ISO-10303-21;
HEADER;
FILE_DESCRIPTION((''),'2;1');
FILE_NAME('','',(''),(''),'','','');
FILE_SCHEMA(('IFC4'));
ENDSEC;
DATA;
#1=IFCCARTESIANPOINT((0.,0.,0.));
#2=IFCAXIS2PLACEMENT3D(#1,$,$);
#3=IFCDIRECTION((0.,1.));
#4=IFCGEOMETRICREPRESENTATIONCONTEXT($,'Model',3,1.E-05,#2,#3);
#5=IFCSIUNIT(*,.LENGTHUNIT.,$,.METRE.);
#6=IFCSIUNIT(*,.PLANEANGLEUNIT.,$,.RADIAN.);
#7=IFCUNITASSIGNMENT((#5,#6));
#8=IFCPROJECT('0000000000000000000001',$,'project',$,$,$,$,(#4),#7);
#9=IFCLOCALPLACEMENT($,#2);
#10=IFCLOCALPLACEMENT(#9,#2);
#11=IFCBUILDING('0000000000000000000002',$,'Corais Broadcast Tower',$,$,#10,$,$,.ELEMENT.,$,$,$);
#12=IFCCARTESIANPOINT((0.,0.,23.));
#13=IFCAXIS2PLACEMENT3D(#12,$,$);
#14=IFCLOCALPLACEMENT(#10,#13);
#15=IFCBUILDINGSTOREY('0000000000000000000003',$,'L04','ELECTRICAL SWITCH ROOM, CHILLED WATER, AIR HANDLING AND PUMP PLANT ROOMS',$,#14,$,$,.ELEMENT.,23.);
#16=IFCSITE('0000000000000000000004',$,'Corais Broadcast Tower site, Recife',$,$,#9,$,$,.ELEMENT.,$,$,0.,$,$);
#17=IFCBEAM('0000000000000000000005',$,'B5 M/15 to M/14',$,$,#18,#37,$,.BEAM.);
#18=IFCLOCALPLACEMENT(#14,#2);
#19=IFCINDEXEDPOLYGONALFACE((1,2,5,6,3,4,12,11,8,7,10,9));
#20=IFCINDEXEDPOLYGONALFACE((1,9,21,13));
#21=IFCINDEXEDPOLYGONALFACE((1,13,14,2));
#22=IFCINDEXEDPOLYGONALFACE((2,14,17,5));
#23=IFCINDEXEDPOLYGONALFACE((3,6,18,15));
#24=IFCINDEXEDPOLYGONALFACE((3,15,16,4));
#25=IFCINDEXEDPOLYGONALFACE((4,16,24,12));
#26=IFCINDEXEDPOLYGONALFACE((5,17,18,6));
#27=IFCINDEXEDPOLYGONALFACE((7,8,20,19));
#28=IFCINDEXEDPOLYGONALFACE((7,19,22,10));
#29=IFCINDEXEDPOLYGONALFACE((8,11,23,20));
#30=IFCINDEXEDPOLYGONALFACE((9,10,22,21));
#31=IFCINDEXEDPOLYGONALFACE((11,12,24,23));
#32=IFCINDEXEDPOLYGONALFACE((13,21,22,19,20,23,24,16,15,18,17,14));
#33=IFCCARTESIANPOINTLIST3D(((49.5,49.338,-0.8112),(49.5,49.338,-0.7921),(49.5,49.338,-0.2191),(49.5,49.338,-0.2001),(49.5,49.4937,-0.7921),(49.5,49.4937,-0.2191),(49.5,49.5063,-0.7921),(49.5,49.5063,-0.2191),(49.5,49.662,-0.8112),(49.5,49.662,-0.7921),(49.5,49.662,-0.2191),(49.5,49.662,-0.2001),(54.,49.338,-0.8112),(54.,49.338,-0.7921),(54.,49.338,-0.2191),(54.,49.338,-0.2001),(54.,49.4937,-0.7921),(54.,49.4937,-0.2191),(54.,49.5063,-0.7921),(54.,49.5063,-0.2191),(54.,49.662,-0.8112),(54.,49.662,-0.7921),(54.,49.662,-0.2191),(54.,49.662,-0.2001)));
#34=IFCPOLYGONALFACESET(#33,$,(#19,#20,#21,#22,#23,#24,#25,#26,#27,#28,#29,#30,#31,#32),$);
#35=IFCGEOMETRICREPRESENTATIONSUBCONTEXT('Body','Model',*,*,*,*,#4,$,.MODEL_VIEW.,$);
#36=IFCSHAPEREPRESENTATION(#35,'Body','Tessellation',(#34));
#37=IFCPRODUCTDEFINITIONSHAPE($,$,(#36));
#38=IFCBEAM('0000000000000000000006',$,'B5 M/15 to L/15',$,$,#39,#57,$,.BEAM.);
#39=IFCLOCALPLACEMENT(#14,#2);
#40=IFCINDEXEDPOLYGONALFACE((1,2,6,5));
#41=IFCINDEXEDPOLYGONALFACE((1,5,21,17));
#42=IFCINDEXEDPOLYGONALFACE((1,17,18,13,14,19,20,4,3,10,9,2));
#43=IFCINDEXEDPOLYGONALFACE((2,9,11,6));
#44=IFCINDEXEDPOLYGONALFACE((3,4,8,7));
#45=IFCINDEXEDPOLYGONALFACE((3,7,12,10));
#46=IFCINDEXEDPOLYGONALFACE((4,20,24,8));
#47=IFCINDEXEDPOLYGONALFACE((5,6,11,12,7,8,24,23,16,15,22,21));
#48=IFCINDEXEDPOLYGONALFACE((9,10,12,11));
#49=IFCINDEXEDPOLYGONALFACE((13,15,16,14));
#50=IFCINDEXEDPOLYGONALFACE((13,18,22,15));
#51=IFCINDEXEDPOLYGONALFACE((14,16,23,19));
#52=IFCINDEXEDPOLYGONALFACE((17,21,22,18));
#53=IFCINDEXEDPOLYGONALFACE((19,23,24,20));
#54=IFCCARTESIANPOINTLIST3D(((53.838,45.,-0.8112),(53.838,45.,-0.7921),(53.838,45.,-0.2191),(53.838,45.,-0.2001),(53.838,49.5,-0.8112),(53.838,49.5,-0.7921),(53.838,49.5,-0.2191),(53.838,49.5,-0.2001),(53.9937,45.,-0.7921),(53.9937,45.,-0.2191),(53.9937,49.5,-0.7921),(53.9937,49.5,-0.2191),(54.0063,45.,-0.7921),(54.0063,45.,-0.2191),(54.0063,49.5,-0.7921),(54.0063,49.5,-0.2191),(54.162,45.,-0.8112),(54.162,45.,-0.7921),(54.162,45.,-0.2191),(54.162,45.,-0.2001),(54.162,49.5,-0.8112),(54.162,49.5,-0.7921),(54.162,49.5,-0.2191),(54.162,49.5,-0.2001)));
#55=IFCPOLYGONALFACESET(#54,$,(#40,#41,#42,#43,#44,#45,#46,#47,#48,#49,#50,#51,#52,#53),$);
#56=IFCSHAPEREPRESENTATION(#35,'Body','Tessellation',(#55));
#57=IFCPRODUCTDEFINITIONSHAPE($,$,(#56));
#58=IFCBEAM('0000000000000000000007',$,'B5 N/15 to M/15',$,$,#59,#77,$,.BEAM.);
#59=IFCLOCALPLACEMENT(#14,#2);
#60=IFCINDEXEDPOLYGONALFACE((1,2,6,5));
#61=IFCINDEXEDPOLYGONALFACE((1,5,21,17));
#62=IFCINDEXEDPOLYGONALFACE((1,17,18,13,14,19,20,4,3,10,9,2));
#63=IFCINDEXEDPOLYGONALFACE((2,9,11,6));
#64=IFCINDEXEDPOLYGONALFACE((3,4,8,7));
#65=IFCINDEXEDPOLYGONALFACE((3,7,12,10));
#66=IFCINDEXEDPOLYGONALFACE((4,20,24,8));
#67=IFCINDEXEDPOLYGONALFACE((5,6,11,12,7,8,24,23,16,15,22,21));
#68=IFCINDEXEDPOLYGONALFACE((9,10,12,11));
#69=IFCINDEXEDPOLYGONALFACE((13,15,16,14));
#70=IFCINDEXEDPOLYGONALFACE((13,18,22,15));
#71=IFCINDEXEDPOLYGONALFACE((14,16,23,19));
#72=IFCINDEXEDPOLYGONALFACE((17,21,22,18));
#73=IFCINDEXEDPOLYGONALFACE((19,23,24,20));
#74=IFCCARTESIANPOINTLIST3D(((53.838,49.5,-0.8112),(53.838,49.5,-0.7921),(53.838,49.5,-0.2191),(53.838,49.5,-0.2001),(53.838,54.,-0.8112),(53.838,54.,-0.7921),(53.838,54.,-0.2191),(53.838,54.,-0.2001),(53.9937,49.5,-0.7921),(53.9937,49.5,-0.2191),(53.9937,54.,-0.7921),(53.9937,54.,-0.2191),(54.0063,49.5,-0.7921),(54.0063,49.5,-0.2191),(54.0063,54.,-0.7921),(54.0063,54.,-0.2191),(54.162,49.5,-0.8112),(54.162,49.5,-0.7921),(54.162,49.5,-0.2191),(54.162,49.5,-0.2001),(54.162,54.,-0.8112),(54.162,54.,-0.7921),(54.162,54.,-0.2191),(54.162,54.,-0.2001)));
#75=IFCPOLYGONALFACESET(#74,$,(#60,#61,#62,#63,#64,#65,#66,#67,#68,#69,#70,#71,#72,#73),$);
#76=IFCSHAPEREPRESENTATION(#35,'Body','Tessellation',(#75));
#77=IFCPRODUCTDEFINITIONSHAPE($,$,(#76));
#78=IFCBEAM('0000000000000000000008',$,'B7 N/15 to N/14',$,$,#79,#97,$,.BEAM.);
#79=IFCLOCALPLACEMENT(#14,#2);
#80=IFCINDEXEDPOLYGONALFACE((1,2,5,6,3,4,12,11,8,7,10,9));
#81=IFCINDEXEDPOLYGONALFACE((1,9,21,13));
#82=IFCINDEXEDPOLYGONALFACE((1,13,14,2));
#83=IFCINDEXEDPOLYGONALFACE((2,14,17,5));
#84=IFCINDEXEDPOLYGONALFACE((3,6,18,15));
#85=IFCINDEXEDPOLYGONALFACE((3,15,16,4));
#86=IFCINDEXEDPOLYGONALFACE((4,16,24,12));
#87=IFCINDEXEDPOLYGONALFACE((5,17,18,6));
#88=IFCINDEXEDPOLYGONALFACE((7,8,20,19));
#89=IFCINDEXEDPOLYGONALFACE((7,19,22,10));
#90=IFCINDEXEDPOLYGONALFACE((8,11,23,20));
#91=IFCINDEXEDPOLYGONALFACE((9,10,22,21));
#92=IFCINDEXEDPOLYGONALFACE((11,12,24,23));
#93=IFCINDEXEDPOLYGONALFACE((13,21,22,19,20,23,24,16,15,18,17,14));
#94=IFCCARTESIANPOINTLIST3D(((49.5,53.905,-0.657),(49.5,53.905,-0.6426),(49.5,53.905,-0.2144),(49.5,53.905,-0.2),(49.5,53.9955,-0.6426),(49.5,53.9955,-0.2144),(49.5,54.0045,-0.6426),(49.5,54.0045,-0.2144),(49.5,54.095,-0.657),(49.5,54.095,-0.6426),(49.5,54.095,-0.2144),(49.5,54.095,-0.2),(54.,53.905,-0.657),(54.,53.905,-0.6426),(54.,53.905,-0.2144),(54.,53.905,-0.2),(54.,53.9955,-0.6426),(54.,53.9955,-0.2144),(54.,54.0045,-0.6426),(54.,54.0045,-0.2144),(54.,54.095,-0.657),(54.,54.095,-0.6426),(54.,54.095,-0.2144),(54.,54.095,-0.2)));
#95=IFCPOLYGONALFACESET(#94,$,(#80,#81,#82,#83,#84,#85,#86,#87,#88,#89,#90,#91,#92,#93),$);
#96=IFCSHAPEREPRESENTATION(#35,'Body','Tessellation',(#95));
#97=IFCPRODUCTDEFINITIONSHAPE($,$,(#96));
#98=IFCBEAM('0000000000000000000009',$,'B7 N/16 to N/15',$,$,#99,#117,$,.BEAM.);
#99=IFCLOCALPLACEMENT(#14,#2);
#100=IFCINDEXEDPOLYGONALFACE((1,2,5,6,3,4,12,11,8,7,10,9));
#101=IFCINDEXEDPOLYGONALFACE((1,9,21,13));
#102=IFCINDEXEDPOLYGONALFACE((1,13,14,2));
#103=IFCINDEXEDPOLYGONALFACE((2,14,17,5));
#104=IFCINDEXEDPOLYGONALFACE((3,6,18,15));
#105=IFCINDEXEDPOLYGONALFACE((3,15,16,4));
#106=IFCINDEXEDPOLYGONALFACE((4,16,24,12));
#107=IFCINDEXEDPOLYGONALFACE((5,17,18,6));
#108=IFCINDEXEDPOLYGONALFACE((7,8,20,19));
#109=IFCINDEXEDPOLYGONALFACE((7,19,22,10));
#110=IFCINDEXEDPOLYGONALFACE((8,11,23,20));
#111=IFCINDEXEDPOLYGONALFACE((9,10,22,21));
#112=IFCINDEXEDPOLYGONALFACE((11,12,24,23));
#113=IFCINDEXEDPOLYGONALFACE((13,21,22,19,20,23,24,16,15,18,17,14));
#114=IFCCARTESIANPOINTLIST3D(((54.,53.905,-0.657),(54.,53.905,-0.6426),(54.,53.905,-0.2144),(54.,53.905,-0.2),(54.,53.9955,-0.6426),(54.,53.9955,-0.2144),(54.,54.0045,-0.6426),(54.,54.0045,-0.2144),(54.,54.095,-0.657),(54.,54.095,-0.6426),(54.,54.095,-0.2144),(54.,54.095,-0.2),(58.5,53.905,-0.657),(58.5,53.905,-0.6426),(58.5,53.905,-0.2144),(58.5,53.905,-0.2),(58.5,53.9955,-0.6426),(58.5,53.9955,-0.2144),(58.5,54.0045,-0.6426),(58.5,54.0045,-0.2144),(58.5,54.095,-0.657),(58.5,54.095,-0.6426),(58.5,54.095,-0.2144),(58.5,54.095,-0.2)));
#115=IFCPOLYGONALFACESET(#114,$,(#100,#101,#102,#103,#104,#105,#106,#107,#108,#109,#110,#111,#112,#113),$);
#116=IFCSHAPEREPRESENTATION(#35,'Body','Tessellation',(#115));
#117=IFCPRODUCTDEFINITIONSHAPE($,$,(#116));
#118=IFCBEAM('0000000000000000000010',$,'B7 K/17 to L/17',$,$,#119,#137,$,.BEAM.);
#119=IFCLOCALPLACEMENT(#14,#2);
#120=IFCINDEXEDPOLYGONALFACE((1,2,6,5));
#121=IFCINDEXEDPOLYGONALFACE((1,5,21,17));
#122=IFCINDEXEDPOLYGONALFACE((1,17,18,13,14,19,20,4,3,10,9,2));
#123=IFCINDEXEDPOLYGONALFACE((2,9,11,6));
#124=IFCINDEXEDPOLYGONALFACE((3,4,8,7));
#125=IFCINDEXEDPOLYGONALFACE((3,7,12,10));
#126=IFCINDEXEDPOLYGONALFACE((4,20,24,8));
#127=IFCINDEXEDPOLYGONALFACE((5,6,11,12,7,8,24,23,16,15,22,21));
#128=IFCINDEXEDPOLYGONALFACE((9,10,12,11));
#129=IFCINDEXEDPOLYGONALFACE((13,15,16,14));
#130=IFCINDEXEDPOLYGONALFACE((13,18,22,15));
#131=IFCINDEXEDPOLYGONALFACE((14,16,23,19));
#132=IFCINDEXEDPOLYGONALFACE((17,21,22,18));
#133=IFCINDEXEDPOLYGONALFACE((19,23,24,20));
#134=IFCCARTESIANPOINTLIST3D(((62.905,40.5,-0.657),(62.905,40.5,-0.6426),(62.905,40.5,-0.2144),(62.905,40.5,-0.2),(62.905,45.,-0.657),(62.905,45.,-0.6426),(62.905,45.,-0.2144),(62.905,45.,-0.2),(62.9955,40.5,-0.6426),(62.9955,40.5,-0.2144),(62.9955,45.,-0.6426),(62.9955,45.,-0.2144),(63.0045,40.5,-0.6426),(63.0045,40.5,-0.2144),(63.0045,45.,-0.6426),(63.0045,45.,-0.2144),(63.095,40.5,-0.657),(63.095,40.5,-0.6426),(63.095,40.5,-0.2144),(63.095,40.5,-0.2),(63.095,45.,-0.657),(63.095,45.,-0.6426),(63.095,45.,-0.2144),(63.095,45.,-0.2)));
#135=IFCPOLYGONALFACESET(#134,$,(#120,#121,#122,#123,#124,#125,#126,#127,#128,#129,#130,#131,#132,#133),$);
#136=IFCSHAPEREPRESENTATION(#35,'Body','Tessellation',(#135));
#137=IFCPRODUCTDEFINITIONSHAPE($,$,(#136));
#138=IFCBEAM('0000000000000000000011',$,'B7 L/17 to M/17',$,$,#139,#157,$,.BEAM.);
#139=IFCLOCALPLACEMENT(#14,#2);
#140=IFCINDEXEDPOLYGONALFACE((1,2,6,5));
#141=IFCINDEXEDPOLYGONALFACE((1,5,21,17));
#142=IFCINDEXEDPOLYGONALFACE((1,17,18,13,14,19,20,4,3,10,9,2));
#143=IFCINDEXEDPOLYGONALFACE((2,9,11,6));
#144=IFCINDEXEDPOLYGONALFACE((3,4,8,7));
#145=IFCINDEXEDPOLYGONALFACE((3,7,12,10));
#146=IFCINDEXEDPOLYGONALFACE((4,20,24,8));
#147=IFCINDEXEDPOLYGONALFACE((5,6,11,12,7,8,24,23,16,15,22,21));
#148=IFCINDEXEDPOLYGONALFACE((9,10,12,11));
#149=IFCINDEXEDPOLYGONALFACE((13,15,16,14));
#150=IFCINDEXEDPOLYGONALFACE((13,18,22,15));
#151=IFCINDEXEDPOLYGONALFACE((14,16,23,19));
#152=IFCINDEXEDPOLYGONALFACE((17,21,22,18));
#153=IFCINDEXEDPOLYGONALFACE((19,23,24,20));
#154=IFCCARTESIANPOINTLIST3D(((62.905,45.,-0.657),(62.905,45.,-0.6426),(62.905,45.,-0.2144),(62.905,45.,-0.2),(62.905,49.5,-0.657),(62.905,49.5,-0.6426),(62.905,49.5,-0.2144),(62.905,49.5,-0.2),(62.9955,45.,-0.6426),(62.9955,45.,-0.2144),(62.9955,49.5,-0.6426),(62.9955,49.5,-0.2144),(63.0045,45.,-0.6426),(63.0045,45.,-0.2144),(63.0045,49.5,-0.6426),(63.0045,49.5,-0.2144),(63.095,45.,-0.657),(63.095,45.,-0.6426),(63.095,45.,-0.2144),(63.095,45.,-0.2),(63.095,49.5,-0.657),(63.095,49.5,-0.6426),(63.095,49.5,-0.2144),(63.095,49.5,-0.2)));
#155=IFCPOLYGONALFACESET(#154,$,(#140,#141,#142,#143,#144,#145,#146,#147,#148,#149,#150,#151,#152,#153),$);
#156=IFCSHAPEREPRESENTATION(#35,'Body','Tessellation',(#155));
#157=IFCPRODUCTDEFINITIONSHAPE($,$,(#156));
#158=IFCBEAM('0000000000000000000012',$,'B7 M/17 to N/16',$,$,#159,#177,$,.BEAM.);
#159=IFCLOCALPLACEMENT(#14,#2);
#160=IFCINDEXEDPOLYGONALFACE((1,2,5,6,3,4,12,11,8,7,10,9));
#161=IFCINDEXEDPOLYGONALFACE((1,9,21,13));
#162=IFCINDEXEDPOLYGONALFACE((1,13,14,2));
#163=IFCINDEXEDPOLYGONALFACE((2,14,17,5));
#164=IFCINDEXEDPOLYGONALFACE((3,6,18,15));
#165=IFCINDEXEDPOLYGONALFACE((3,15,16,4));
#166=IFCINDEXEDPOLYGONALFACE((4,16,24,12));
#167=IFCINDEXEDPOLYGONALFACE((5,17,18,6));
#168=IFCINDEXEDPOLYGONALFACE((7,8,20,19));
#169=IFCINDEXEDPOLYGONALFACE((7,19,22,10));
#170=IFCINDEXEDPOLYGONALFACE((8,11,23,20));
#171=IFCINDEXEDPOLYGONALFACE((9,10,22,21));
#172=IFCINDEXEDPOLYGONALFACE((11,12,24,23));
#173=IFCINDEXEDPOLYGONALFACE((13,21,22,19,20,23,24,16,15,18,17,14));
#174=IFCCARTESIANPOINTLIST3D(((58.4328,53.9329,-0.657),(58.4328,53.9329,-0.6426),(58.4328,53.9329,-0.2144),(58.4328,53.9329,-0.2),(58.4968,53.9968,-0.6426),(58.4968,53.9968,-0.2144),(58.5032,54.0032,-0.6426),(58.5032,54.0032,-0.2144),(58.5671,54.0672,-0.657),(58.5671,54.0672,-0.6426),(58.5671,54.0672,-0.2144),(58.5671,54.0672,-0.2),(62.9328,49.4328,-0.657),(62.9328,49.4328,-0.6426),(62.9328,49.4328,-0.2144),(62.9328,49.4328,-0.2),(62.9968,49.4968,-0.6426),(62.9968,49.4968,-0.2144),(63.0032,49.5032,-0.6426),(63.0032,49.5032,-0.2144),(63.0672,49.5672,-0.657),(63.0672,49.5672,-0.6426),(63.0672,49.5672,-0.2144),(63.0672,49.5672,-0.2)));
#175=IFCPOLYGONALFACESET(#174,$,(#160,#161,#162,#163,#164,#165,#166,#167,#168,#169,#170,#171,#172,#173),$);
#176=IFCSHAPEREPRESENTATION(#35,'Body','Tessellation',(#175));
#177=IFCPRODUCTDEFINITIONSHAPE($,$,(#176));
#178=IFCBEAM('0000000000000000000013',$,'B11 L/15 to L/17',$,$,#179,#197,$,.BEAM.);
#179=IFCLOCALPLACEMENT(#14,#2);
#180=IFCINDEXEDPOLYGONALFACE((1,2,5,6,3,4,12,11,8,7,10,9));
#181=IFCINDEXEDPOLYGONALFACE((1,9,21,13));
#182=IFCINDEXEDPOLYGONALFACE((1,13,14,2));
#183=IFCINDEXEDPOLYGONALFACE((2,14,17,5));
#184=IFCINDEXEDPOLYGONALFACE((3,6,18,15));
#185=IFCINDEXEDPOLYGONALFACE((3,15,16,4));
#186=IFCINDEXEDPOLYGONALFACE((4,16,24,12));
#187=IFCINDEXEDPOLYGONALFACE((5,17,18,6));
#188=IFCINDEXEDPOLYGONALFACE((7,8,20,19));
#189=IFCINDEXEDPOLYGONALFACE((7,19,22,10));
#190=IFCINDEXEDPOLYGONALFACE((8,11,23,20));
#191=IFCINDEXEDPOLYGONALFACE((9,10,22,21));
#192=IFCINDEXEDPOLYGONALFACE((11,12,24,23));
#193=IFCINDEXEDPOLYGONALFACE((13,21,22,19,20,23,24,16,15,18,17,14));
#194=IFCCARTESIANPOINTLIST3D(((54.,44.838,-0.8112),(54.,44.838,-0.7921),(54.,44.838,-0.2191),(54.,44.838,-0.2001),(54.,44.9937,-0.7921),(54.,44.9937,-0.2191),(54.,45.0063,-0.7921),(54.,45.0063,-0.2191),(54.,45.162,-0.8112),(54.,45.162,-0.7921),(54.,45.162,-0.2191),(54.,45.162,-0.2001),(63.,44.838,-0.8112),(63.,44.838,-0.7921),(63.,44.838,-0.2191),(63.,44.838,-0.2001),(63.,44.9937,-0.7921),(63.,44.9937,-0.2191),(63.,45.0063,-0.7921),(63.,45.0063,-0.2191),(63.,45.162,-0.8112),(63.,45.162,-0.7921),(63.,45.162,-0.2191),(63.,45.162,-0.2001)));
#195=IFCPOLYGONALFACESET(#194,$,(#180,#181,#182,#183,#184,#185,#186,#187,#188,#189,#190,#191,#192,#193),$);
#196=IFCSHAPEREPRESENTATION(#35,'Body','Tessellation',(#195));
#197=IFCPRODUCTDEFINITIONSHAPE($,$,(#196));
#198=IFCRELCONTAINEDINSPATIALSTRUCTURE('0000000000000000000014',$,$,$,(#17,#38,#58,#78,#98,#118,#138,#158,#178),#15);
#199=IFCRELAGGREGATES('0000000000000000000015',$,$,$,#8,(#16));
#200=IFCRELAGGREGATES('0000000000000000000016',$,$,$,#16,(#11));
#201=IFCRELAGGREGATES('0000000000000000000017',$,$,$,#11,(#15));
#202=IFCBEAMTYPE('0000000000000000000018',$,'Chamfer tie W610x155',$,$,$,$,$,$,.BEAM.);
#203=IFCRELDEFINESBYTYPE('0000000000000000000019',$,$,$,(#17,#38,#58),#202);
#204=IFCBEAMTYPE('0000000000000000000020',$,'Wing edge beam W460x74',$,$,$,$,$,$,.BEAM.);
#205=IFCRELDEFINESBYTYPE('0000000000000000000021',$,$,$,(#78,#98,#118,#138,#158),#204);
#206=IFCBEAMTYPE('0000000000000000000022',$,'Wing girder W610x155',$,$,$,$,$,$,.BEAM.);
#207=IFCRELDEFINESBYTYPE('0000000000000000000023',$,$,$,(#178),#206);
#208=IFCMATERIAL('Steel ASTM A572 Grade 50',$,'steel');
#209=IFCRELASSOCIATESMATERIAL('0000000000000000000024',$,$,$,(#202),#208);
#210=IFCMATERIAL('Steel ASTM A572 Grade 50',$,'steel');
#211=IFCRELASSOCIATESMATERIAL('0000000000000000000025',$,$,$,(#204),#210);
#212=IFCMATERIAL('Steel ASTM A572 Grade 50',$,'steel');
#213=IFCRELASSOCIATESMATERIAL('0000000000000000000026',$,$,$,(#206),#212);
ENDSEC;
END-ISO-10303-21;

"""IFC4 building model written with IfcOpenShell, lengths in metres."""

from ifc_helpers import new_model, si_unit, direction, frame, origin, origin_2d, place, context, subcontext, project, spatial, i_section, extrude, material, material_profile, profile_set, type_object, element, save


model = new_model("IFC4")

# Units and contexts
model_context = context("Model", 3, precision=1e-05, world=origin(), true_north=direction((0.0, 1.0)))
body_context = subcontext(model_context, "Body", "Model", "MODEL_VIEW")
ifc_project = project(units=[si_unit("LENGTHUNIT", "METRE"), si_unit("PLANEANGLEUNIT", "RADIAN")], contexts=[model_context])

# Site, building, storey
site_placement = place(None, origin())
site = spatial("IfcSite", under=ifc_project, at=site_placement, Name="Corais Broadcast Tower site, Recife", CompositionType="ELEMENT", RefElevation=0.0)
building_placement = place(site_placement, origin())
building = spatial("IfcBuilding", under=site, at=building_placement, Name="Corais Broadcast Tower", CompositionType="ELEMENT")
storey_placement = place(building_placement, frame((0.0, 0.0, 23.0)))
storey = spatial("IfcBuildingStorey", under=building, at=storey_placement, Name="L04", Description="ELECTRICAL SWITCH ROOM, CHILLED WATER, AIR HANDLING AND PUMP PLANT ROOMS", CompositionType="ELEMENT", Elevation=23.0)

# Beams
ifc_material_1 = material(Name="Steel ASTM A572 Grade 50", Category="steel")
ifc_material_profile_1 = material_profile(ifc_material_1, i_section(OverallWidth=0.324, OverallDepth=0.6111, WebThickness=0.0127, FlangeThickness=0.019, at=origin_2d()), Name="W610x155")
ifc_profile_set_1 = profile_set([ifc_material_profile_1], Name="Steel ASTM A572 Grade 50")
beam_type_1 = type_object("IfcBeamType", Name="Chamfer tie W610x155", PredefinedType="BEAM", material=ifc_profile_set_1)
for number, where, z_axis, x_axis, name in (
    (1, (54.0, 49.5, -0.5056), (-1.0, 0.0, 0.0), (0.0, -1.0, 0.0), "B5 M/15 to M/14"),
    (2, (54.0, 49.5, -0.5056), (0.0, -1.0, 0.0), (1.0, 0.0, 0.0), "B5 M/15 to L/15"),
    (3, (54.0, 54.0, -0.5056), (0.0, -1.0, 0.0), (1.0, 0.0, 0.0), "B5 N/15 to M/15"),
):
    element("IfcBeam", number, at=place(storey_placement, frame(where, z_axis=z_axis, x_axis=x_axis)), inside=storey, type_object=beam_type_1, Name=name, PredefinedType="BEAM", context=body_context, shape_type="SweptSolid", body=[
        extrude(i_section(OverallWidth=0.324, OverallDepth=0.6111, WebThickness=0.0127, FlangeThickness=0.019, at=origin_2d()), origin(), (0.0, 0.0, 1.0), 4.5),
    ])
ifc_material_2 = material(Name="Steel ASTM A572 Grade 50", Category="steel")
ifc_material_profile_2 = material_profile(ifc_material_2, i_section(OverallWidth=0.1899, OverallDepth=0.457, WebThickness=0.009, FlangeThickness=0.0144, at=origin_2d()), Name="W460x74")
ifc_profile_set_2 = profile_set([ifc_material_profile_2], Name="Steel ASTM A572 Grade 50")
beam_type_2 = type_object("IfcBeamType", Name="Wing edge beam W460x74", PredefinedType="BEAM", material=ifc_profile_set_2)
for number, where, z_axis, x_axis, name in (
    (4, (54.0, 54.0, -0.4285), (-1.0, 0.0, 0.0), (0.0, -1.0, 0.0), "B7 N/15 to N/14"),
    (5, (58.5, 54.0, -0.4285), (-1.0, 0.0, 0.0), (0.0, -1.0, 0.0), "B7 N/16 to N/15"),
    (6, (63.0, 40.5, -0.4285), (0.0, 1.0, 0.0), (-1.0, 0.0, 0.0), "B7 K/17 to L/17"),
    (7, (63.0, 45.0, -0.4285), (0.0, 1.0, 0.0), (-1.0, 0.0, 0.0), "B7 L/17 to M/17"),
):
    element("IfcBeam", number, at=place(storey_placement, frame(where, z_axis=z_axis, x_axis=x_axis)), inside=storey, type_object=beam_type_2, Name=name, PredefinedType="BEAM", context=body_context, shape_type="SweptSolid", body=[
        extrude(i_section(OverallWidth=0.1899, OverallDepth=0.457, WebThickness=0.009, FlangeThickness=0.0144, at=origin_2d()), origin(), (0.0, 0.0, 1.0), 4.5),
    ])
beam_placement = place(storey_placement, frame((63.0, 49.5, -0.4285), z_axis=(-0.707107, 0.707107, 0.0), x_axis=(-0.707107, -0.707107, 0.0)))
element("IfcBeam", 8, at=beam_placement, inside=storey, type_object=beam_type_2, Name="B7 M/17 to N/16", PredefinedType="BEAM", context=body_context, shape_type="SweptSolid", body=[
    extrude(i_section(OverallWidth=0.1899, OverallDepth=0.457, WebThickness=0.009, FlangeThickness=0.0144, at=origin_2d()), origin(), (0.0, 0.0, 1.0), 6.364),
])
ifc_material_3 = material(Name="Steel ASTM A572 Grade 50", Category="steel")
ifc_material_profile_3 = material_profile(ifc_material_3, i_section(OverallWidth=0.324, OverallDepth=0.6111, WebThickness=0.0127, FlangeThickness=0.019, at=origin_2d()), Name="W610x155")
ifc_profile_set_3 = profile_set([ifc_material_profile_3], Name="Steel ASTM A572 Grade 50")
beam_type_3 = type_object("IfcBeamType", Name="Wing girder W610x155", PredefinedType="BEAM", material=ifc_profile_set_3)
for number, where, z_axis, x_axis, name in (
    (9, (54.0, 45.0, -0.5056), (1.0, 0.0, 0.0), (0.0, 1.0, 0.0), "B11 L/15 to L/17"),
):
    element("IfcBeam", number, at=place(storey_placement, frame(where, z_axis=z_axis, x_axis=x_axis)), inside=storey, type_object=beam_type_3, Name=name, PredefinedType="BEAM", context=body_context, shape_type="SweptSolid", body=[
        extrude(i_section(OverallWidth=0.324, OverallDepth=0.6111, WebThickness=0.0127, FlangeThickness=0.019, at=origin_2d()), origin(), (0.0, 0.0, 1.0), 9.0),
    ])

save(model, "model.ifc")
